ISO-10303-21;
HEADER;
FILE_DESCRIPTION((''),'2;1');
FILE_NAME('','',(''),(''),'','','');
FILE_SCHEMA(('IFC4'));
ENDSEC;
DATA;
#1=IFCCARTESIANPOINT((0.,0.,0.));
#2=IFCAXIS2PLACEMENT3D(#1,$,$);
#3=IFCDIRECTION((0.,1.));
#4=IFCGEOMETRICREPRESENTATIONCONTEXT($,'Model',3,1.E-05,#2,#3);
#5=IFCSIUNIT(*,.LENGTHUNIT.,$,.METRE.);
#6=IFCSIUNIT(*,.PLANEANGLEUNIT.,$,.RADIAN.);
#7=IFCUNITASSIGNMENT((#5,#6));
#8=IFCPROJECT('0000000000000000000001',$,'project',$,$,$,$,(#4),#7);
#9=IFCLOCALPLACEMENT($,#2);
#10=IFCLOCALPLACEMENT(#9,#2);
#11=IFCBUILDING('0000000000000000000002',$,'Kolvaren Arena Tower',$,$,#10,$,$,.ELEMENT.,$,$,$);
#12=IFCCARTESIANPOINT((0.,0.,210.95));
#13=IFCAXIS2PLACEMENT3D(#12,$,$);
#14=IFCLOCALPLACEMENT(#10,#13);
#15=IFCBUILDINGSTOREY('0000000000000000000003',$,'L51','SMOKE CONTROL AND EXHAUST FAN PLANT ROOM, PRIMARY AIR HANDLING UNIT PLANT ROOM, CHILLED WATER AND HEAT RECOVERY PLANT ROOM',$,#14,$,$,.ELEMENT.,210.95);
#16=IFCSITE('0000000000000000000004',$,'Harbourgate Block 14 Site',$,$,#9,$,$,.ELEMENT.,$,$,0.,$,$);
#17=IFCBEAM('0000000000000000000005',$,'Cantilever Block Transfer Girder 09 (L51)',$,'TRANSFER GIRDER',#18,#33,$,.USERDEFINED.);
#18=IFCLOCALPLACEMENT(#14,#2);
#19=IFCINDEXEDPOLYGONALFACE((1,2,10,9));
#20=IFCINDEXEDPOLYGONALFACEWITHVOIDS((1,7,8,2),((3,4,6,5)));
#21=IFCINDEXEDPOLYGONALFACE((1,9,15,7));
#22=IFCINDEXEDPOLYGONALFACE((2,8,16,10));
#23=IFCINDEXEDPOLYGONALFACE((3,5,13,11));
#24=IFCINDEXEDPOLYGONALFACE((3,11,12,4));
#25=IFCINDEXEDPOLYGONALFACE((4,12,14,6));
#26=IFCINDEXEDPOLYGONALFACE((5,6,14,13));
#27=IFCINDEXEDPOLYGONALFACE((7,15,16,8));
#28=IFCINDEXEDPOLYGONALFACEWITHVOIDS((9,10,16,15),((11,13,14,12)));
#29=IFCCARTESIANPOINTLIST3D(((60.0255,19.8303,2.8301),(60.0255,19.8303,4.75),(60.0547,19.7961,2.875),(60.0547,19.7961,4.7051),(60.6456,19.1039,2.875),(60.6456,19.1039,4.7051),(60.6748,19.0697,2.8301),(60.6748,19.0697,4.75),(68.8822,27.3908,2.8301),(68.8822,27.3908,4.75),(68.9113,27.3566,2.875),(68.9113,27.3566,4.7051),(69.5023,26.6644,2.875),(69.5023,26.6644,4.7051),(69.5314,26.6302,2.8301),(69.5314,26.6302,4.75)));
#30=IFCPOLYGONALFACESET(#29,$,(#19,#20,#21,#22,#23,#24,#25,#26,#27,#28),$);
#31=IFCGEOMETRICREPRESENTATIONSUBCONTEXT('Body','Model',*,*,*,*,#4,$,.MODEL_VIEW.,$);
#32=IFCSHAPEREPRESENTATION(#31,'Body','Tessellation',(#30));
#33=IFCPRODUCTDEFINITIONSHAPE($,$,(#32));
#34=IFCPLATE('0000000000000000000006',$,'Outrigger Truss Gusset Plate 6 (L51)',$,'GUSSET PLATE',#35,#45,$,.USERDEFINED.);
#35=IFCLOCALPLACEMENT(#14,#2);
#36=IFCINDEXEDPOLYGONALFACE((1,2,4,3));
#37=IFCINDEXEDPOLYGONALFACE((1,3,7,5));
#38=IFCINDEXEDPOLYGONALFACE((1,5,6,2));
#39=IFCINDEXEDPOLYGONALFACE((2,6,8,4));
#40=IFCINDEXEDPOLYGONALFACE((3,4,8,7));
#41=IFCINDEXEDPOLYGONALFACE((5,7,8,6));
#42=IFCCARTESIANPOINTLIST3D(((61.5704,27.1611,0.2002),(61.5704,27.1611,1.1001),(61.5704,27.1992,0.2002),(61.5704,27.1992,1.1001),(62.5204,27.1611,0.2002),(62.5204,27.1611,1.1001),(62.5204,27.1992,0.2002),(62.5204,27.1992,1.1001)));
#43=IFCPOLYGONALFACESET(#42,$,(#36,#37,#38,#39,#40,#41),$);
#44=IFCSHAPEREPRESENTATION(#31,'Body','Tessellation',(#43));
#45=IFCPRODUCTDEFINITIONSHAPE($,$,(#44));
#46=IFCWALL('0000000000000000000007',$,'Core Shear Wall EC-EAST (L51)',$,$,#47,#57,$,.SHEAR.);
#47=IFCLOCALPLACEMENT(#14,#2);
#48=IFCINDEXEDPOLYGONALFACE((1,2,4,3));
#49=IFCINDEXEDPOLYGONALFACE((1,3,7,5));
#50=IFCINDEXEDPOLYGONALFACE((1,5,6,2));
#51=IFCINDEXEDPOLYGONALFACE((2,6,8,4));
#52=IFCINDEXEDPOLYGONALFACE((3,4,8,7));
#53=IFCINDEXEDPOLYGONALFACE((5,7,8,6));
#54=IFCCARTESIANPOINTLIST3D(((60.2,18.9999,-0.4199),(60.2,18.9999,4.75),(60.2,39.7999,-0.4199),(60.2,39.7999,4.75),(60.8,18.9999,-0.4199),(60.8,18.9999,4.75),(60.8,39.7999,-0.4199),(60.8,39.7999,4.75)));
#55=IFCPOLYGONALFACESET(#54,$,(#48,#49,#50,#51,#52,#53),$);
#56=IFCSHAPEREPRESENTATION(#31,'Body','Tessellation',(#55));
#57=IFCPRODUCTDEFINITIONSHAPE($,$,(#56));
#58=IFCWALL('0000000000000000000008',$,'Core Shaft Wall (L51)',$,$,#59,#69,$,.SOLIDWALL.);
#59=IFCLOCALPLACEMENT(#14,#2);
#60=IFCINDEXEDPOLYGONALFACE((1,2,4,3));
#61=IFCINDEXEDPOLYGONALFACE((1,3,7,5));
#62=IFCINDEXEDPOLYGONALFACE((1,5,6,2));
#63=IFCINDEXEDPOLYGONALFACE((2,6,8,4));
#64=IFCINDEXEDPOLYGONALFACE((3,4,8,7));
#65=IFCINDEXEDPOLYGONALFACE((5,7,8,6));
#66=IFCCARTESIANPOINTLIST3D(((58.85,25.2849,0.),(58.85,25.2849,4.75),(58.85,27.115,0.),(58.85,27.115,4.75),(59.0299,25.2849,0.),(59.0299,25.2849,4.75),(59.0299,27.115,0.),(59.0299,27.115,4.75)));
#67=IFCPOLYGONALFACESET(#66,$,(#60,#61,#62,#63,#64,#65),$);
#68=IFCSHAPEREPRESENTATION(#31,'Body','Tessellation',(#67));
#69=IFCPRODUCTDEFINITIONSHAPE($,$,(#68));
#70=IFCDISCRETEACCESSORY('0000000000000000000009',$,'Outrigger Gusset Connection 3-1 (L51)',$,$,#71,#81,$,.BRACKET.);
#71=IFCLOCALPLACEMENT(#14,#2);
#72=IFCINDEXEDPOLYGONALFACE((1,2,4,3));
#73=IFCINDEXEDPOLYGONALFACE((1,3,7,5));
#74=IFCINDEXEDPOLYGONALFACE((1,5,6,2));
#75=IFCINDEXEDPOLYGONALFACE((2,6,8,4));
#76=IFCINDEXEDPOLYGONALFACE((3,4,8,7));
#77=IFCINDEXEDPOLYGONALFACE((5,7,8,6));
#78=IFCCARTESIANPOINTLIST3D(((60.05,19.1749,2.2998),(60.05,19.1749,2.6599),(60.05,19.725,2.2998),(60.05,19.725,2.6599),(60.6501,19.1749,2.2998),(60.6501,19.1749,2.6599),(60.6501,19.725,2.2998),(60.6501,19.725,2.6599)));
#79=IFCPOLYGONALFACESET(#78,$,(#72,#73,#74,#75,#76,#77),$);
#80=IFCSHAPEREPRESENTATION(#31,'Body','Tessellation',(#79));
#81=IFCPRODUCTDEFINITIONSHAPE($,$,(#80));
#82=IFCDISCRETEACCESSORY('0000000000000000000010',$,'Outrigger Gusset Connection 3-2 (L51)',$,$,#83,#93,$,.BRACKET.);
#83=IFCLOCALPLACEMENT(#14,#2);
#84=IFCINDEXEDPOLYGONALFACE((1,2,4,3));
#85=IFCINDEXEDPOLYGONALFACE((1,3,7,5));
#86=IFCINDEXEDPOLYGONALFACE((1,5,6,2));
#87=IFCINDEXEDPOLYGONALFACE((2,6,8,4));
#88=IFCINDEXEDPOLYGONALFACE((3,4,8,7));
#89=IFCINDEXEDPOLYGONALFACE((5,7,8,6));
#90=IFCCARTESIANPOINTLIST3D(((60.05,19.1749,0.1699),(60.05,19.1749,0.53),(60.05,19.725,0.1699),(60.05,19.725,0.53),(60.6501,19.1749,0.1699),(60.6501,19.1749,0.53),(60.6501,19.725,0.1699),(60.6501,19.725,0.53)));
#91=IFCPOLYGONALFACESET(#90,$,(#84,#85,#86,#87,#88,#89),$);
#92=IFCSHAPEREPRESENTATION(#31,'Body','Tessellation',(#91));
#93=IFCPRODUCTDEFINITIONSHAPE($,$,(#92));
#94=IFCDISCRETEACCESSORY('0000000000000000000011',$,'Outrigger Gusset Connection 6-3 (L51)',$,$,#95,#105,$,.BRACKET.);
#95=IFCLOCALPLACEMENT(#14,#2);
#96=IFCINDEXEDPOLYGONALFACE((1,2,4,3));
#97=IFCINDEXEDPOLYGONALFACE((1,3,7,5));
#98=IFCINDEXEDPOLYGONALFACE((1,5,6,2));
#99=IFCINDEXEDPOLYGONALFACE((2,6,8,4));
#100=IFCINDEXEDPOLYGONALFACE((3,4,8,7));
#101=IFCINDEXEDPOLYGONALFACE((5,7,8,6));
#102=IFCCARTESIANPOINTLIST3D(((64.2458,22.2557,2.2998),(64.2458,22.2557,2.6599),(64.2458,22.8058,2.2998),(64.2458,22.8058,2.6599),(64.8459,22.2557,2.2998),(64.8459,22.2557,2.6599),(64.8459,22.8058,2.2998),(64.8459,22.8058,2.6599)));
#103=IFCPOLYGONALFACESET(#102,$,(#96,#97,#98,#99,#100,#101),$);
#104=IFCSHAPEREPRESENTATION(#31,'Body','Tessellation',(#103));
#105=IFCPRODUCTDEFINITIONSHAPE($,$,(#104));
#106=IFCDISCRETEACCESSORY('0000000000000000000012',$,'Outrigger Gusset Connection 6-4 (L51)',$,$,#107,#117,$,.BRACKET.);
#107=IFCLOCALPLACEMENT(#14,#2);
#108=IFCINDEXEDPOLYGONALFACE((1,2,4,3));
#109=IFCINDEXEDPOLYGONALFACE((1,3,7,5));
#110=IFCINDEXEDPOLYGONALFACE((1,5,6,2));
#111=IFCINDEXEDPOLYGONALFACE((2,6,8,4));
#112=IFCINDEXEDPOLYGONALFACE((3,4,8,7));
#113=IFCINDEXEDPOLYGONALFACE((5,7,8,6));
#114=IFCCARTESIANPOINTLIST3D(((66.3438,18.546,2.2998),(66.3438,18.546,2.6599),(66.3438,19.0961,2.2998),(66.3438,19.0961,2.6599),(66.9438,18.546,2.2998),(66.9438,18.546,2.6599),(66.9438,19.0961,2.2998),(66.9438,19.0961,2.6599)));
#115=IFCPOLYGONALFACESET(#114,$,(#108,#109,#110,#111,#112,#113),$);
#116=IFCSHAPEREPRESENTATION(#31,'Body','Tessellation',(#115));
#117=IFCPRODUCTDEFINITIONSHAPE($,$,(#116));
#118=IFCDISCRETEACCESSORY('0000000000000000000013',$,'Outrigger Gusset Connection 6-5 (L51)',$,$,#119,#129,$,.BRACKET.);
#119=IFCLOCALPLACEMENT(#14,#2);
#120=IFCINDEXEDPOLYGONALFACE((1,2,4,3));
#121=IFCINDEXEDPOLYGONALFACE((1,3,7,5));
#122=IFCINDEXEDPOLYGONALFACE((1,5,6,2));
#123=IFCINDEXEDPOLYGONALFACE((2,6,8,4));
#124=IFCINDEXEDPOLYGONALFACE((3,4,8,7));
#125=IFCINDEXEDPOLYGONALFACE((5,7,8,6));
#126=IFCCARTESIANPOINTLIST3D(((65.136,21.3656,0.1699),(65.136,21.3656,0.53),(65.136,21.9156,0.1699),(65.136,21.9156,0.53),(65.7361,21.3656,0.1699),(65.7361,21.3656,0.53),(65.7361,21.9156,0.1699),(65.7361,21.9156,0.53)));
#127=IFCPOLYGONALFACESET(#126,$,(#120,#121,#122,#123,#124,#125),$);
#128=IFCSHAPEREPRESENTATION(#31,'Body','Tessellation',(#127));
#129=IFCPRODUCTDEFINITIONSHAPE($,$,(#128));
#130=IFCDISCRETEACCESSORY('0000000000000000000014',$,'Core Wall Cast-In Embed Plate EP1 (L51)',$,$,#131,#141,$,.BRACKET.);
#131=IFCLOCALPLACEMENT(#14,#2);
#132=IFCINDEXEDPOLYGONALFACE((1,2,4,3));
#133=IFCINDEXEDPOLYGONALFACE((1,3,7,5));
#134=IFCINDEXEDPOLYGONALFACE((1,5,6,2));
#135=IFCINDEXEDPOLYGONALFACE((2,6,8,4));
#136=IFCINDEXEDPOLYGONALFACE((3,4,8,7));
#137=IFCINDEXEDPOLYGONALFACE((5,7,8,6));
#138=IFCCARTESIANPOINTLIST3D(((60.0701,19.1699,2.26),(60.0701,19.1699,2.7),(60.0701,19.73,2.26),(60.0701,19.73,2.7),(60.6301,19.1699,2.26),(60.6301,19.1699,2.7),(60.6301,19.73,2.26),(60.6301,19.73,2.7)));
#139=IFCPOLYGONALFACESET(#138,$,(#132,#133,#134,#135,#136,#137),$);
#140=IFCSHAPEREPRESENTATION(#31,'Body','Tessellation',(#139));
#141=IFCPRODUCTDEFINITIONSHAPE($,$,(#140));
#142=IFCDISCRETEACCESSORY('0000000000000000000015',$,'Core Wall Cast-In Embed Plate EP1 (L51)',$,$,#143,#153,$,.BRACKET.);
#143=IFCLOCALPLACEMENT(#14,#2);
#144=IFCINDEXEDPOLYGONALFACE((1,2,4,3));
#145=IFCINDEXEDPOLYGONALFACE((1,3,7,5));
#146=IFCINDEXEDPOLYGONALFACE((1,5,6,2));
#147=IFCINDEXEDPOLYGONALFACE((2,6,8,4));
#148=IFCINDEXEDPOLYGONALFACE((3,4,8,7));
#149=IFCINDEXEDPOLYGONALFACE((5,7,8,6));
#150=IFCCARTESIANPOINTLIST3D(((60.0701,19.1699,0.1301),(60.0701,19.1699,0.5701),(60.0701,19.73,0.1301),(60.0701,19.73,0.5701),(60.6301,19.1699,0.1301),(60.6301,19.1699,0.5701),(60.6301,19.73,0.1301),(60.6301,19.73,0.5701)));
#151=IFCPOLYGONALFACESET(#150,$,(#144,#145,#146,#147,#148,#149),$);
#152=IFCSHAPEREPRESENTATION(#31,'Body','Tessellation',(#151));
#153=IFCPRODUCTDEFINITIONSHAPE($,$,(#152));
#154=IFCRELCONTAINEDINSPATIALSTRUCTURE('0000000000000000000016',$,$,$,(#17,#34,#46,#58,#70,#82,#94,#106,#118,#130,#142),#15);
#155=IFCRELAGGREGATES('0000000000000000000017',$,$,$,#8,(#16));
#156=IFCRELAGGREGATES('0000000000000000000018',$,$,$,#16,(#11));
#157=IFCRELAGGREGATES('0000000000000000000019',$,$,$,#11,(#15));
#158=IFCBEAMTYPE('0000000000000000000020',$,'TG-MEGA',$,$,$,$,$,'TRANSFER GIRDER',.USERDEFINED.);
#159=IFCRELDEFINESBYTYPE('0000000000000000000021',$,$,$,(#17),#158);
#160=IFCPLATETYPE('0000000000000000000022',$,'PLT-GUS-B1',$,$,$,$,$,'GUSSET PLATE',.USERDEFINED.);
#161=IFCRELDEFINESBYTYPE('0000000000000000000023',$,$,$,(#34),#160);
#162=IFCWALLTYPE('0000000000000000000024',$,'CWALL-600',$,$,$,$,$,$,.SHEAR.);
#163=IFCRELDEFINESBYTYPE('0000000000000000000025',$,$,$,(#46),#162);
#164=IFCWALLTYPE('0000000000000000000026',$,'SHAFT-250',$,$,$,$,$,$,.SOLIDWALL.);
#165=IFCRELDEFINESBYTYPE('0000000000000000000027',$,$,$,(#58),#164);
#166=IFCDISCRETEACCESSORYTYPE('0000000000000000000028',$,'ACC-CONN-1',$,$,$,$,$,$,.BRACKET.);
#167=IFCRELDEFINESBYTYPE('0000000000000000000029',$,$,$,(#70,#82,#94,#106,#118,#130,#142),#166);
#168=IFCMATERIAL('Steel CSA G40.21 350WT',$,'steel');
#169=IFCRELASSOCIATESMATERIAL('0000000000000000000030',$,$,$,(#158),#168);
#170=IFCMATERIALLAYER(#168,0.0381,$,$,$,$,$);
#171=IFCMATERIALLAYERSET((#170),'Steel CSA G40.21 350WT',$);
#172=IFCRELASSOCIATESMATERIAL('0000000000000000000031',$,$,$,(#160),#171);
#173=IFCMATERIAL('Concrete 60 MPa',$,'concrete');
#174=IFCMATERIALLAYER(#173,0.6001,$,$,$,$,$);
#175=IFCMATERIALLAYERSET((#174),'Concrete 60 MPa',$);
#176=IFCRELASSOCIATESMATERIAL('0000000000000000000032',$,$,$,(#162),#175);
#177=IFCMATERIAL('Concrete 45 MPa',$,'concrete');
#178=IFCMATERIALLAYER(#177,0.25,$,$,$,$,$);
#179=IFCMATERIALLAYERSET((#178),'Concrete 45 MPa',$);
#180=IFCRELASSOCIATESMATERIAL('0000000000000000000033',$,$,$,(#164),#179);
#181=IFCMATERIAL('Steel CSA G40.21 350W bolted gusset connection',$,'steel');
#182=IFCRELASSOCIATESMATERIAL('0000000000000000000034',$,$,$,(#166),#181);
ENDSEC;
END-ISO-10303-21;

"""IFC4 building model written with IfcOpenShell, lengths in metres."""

from ifc_helpers import new_model, si_unit, direction, frame, frame_2d, origin, origin_2d, place, context, subcontext, project, spatial, rectangle, hollow_rectangle, extrude, material, layer, layer_set, material_profile, profile_set, type_object, element, save


model = new_model("IFC4")

# Units and contexts
model_context = context("Model", 3, precision=1e-05, world=origin(), true_north=direction((0.0, 1.0)))
body_context = subcontext(model_context, "Body", "Model", "MODEL_VIEW")
ifc_project = project(units=[si_unit("LENGTHUNIT", "METRE"), si_unit("PLANEANGLEUNIT", "RADIAN")], contexts=[model_context])

# Site, building, storey
site_placement = place(None, origin())
site = spatial("IfcSite", under=ifc_project, at=site_placement, Name="Harbourgate Block 14 Site", CompositionType="ELEMENT", RefElevation=0.0)
building_placement = place(site_placement, origin())
building = spatial("IfcBuilding", under=site, at=building_placement, Name="Kolvaren Arena Tower", CompositionType="ELEMENT")
storey_placement = place(building_placement, frame((0.0, 0.0, 210.95)))
storey = spatial("IfcBuildingStorey", under=building, at=storey_placement, Name="L51", Description="SMOKE CONTROL AND EXHAUST FAN PLANT ROOM, PRIMARY AIR HANDLING UNIT PLANT ROOM, CHILLED WATER AND HEAT RECOVERY PLANT ROOM", CompositionType="ELEMENT", Elevation=210.95)

# Shared definitions
ifc_material_1 = material(Name="Steel CSA G40.21 350WT", Category="steel")

# Beam
ifc_material_profile_1 = material_profile(ifc_material_1, hollow_rectangle(XDim=1.0, YDim=1.9199, WallThickness=0.0449, at=origin_2d()), Name="BOX 1000x1920x45")
ifc_profile_set_1 = profile_set([ifc_material_profile_1], Name="Steel CSA G40.21 350WT")
beam_type_1 = type_object("IfcBeamType", Name="TG-MEGA", ElementType="TRANSFER GIRDER", PredefinedType="USERDEFINED", material=ifc_profile_set_1)
beam_1_placement = place(storey_placement, frame((69.2068, 27.0105, 3.79), z_axis=(-0.760566, -0.64926, 0.0), x_axis=(0.64926, -0.760566, 0.0)))
element("IfcBeam", 1, at=beam_1_placement, inside=storey, type_object=beam_type_1, Name="Cantilever Block Transfer Girder 09 (L51)", ObjectType="TRANSFER GIRDER", PredefinedType="USERDEFINED", context=body_context, shape_type="SweptSolid", body=[
    extrude(hollow_rectangle(XDim=1.0, YDim=1.9199, WallThickness=0.0449, at=origin_2d()), origin(), (0.0, 0.0, 1.0), 11.6448),
])

# Plate
ifc_layer_1 = layer(ifc_material_1, 0.0381)
ifc_layer_set_1 = layer_set([ifc_layer_1], Name="Steel CSA G40.21 350WT")
plate_type = type_object("IfcPlateType", Name="PLT-GUS-B1", ElementType="GUSSET PLATE", PredefinedType="USERDEFINED", material=ifc_layer_set_1)
plate_placement = place(storey_placement, frame((62.0454, 27.1802, 0.2002), z_axis=(0.0, 0.0, 1.0), x_axis=(1.0, 0.0, 0.0)))
element("IfcPlate", 2, at=plate_placement, inside=storey, type_object=plate_type, Name="Outrigger Truss Gusset Plate 6 (L51)", ObjectType="GUSSET PLATE", PredefinedType="USERDEFINED", context=body_context, shape_type="SweptSolid", body=[
    extrude(rectangle(XDim=0.95, YDim=0.0381, at=origin_2d()), origin(), (0.0, 0.0, 1.0), 0.8999),
])

# Walls
ifc_material_2 = material(Name="Concrete 60 MPa", Category="concrete")
ifc_layer_2 = layer(ifc_material_2, 0.6001)
ifc_layer_set_2 = layer_set([ifc_layer_2], Name="Concrete 60 MPa")
wall_type_1 = type_object("IfcWallType", Name="CWALL-600", PredefinedType="SHEAR", material=ifc_layer_set_2)
wall_1_placement = place(storey_placement, frame((60.5, 19.0, -0.4199), z_axis=(0.0, 0.0, 1.0), x_axis=(0.0, 1.0, 0.0)))
element("IfcWall", 3, at=wall_1_placement, inside=storey, type_object=wall_type_1, Name="Core Shear Wall EC-EAST (L51)", PredefinedType="SHEAR", context=body_context, shape_type="SweptSolid", body=[
    extrude(rectangle(XDim=20.8, YDim=0.6001, at=frame_2d((10.3999, 0.0))), origin(), (0.0, 0.0, 1.0), 5.1699),
])
ifc_material_3 = material(Name="Concrete 45 MPa", Category="concrete")
ifc_layer_3 = layer(ifc_material_3, 0.25)
ifc_layer_set_3 = layer_set([ifc_layer_3], Name="Concrete 45 MPa")
wall_type_2 = type_object("IfcWallType", Name="SHAFT-250", PredefinedType="SOLIDWALL", material=ifc_layer_set_3)
wall_2_placement = place(storey_placement, frame((58.9399, 25.2849, 0.0), z_axis=(0.0, 0.0, 1.0), x_axis=(0.0, 1.0, 0.0)))
element("IfcWall", 4, at=wall_2_placement, inside=storey, type_object=wall_type_2, Name="Core Shaft Wall (L51)", PredefinedType="SOLIDWALL", context=body_context, shape_type="SweptSolid", body=[
    extrude(rectangle(XDim=1.8301, YDim=0.1799, at=frame_2d((0.915, 0.0))), origin(), (0.0, 0.0, 1.0), 4.75),
])

# Discrete accessories
ifc_material_4 = material(Name="Steel CSA G40.21 350W bolted gusset connection", Category="steel")
discrete_accessory_type = type_object("IfcDiscreteAccessoryType", Name="ACC-CONN-1", PredefinedType="BRACKET", material=ifc_material_4)
for number, where, z_axis, x_axis, name in (
    (5, (60.3501, 19.45, 2.2998), (0.0, 0.0, 1.0), (1.0, 0.0, 0.0), "Outrigger Gusset Connection 3-1 (L51)"),
    (6, (60.3501, 19.45, 0.1699), (0.0, 0.0, 1.0), (1.0, 0.0, 0.0), "Outrigger Gusset Connection 3-2 (L51)"),
    (7, (64.5459, 22.5308, 2.2998), (0.0, 0.0, 1.0), (1.0, 0.0, 0.0), "Outrigger Gusset Connection 6-3 (L51)"),
    (8, (66.6438, 18.821, 2.2998), (0.0, 0.0, 1.0), (1.0, 0.0, 0.0), "Outrigger Gusset Connection 6-4 (L51)"),
    (9, (65.436, 21.6406, 0.1699), (0.0, 0.0, 1.0), (1.0, 0.0, 0.0), "Outrigger Gusset Connection 6-5 (L51)"),
):
    element("IfcDiscreteAccessory", number, at=place(storey_placement, frame(where, z_axis=z_axis, x_axis=x_axis)), inside=storey, type_object=discrete_accessory_type, Name=name, PredefinedType="BRACKET", context=body_context, shape_type="SweptSolid", body=[
        extrude(rectangle(XDim=0.6001, YDim=0.55, at=origin_2d()), origin(), (0.0, 0.0, 1.0), 0.3601),
    ])
for number, where, z_axis, x_axis, name in (
    (10, (60.3501, 19.45, 2.26), (0.0, 0.0, 1.0), (1.0, 0.0, 0.0), "Core Wall Cast-In Embed Plate EP1 (L51)"),
    (11, (60.3501, 19.45, 0.1301), (0.0, 0.0, 1.0), (1.0, 0.0, 0.0), "Core Wall Cast-In Embed Plate EP1 (L51)"),
):
    element("IfcDiscreteAccessory", number, at=place(storey_placement, frame(where, z_axis=z_axis, x_axis=x_axis)), inside=storey, type_object=discrete_accessory_type, Name=name, PredefinedType="BRACKET", context=body_context, shape_type="SweptSolid", body=[
        extrude(rectangle(XDim=0.5601, YDim=0.5601, at=origin_2d()), origin(), (0.0, 0.0, 1.0), 0.4399),
    ])

save(model, "model.ifc")
